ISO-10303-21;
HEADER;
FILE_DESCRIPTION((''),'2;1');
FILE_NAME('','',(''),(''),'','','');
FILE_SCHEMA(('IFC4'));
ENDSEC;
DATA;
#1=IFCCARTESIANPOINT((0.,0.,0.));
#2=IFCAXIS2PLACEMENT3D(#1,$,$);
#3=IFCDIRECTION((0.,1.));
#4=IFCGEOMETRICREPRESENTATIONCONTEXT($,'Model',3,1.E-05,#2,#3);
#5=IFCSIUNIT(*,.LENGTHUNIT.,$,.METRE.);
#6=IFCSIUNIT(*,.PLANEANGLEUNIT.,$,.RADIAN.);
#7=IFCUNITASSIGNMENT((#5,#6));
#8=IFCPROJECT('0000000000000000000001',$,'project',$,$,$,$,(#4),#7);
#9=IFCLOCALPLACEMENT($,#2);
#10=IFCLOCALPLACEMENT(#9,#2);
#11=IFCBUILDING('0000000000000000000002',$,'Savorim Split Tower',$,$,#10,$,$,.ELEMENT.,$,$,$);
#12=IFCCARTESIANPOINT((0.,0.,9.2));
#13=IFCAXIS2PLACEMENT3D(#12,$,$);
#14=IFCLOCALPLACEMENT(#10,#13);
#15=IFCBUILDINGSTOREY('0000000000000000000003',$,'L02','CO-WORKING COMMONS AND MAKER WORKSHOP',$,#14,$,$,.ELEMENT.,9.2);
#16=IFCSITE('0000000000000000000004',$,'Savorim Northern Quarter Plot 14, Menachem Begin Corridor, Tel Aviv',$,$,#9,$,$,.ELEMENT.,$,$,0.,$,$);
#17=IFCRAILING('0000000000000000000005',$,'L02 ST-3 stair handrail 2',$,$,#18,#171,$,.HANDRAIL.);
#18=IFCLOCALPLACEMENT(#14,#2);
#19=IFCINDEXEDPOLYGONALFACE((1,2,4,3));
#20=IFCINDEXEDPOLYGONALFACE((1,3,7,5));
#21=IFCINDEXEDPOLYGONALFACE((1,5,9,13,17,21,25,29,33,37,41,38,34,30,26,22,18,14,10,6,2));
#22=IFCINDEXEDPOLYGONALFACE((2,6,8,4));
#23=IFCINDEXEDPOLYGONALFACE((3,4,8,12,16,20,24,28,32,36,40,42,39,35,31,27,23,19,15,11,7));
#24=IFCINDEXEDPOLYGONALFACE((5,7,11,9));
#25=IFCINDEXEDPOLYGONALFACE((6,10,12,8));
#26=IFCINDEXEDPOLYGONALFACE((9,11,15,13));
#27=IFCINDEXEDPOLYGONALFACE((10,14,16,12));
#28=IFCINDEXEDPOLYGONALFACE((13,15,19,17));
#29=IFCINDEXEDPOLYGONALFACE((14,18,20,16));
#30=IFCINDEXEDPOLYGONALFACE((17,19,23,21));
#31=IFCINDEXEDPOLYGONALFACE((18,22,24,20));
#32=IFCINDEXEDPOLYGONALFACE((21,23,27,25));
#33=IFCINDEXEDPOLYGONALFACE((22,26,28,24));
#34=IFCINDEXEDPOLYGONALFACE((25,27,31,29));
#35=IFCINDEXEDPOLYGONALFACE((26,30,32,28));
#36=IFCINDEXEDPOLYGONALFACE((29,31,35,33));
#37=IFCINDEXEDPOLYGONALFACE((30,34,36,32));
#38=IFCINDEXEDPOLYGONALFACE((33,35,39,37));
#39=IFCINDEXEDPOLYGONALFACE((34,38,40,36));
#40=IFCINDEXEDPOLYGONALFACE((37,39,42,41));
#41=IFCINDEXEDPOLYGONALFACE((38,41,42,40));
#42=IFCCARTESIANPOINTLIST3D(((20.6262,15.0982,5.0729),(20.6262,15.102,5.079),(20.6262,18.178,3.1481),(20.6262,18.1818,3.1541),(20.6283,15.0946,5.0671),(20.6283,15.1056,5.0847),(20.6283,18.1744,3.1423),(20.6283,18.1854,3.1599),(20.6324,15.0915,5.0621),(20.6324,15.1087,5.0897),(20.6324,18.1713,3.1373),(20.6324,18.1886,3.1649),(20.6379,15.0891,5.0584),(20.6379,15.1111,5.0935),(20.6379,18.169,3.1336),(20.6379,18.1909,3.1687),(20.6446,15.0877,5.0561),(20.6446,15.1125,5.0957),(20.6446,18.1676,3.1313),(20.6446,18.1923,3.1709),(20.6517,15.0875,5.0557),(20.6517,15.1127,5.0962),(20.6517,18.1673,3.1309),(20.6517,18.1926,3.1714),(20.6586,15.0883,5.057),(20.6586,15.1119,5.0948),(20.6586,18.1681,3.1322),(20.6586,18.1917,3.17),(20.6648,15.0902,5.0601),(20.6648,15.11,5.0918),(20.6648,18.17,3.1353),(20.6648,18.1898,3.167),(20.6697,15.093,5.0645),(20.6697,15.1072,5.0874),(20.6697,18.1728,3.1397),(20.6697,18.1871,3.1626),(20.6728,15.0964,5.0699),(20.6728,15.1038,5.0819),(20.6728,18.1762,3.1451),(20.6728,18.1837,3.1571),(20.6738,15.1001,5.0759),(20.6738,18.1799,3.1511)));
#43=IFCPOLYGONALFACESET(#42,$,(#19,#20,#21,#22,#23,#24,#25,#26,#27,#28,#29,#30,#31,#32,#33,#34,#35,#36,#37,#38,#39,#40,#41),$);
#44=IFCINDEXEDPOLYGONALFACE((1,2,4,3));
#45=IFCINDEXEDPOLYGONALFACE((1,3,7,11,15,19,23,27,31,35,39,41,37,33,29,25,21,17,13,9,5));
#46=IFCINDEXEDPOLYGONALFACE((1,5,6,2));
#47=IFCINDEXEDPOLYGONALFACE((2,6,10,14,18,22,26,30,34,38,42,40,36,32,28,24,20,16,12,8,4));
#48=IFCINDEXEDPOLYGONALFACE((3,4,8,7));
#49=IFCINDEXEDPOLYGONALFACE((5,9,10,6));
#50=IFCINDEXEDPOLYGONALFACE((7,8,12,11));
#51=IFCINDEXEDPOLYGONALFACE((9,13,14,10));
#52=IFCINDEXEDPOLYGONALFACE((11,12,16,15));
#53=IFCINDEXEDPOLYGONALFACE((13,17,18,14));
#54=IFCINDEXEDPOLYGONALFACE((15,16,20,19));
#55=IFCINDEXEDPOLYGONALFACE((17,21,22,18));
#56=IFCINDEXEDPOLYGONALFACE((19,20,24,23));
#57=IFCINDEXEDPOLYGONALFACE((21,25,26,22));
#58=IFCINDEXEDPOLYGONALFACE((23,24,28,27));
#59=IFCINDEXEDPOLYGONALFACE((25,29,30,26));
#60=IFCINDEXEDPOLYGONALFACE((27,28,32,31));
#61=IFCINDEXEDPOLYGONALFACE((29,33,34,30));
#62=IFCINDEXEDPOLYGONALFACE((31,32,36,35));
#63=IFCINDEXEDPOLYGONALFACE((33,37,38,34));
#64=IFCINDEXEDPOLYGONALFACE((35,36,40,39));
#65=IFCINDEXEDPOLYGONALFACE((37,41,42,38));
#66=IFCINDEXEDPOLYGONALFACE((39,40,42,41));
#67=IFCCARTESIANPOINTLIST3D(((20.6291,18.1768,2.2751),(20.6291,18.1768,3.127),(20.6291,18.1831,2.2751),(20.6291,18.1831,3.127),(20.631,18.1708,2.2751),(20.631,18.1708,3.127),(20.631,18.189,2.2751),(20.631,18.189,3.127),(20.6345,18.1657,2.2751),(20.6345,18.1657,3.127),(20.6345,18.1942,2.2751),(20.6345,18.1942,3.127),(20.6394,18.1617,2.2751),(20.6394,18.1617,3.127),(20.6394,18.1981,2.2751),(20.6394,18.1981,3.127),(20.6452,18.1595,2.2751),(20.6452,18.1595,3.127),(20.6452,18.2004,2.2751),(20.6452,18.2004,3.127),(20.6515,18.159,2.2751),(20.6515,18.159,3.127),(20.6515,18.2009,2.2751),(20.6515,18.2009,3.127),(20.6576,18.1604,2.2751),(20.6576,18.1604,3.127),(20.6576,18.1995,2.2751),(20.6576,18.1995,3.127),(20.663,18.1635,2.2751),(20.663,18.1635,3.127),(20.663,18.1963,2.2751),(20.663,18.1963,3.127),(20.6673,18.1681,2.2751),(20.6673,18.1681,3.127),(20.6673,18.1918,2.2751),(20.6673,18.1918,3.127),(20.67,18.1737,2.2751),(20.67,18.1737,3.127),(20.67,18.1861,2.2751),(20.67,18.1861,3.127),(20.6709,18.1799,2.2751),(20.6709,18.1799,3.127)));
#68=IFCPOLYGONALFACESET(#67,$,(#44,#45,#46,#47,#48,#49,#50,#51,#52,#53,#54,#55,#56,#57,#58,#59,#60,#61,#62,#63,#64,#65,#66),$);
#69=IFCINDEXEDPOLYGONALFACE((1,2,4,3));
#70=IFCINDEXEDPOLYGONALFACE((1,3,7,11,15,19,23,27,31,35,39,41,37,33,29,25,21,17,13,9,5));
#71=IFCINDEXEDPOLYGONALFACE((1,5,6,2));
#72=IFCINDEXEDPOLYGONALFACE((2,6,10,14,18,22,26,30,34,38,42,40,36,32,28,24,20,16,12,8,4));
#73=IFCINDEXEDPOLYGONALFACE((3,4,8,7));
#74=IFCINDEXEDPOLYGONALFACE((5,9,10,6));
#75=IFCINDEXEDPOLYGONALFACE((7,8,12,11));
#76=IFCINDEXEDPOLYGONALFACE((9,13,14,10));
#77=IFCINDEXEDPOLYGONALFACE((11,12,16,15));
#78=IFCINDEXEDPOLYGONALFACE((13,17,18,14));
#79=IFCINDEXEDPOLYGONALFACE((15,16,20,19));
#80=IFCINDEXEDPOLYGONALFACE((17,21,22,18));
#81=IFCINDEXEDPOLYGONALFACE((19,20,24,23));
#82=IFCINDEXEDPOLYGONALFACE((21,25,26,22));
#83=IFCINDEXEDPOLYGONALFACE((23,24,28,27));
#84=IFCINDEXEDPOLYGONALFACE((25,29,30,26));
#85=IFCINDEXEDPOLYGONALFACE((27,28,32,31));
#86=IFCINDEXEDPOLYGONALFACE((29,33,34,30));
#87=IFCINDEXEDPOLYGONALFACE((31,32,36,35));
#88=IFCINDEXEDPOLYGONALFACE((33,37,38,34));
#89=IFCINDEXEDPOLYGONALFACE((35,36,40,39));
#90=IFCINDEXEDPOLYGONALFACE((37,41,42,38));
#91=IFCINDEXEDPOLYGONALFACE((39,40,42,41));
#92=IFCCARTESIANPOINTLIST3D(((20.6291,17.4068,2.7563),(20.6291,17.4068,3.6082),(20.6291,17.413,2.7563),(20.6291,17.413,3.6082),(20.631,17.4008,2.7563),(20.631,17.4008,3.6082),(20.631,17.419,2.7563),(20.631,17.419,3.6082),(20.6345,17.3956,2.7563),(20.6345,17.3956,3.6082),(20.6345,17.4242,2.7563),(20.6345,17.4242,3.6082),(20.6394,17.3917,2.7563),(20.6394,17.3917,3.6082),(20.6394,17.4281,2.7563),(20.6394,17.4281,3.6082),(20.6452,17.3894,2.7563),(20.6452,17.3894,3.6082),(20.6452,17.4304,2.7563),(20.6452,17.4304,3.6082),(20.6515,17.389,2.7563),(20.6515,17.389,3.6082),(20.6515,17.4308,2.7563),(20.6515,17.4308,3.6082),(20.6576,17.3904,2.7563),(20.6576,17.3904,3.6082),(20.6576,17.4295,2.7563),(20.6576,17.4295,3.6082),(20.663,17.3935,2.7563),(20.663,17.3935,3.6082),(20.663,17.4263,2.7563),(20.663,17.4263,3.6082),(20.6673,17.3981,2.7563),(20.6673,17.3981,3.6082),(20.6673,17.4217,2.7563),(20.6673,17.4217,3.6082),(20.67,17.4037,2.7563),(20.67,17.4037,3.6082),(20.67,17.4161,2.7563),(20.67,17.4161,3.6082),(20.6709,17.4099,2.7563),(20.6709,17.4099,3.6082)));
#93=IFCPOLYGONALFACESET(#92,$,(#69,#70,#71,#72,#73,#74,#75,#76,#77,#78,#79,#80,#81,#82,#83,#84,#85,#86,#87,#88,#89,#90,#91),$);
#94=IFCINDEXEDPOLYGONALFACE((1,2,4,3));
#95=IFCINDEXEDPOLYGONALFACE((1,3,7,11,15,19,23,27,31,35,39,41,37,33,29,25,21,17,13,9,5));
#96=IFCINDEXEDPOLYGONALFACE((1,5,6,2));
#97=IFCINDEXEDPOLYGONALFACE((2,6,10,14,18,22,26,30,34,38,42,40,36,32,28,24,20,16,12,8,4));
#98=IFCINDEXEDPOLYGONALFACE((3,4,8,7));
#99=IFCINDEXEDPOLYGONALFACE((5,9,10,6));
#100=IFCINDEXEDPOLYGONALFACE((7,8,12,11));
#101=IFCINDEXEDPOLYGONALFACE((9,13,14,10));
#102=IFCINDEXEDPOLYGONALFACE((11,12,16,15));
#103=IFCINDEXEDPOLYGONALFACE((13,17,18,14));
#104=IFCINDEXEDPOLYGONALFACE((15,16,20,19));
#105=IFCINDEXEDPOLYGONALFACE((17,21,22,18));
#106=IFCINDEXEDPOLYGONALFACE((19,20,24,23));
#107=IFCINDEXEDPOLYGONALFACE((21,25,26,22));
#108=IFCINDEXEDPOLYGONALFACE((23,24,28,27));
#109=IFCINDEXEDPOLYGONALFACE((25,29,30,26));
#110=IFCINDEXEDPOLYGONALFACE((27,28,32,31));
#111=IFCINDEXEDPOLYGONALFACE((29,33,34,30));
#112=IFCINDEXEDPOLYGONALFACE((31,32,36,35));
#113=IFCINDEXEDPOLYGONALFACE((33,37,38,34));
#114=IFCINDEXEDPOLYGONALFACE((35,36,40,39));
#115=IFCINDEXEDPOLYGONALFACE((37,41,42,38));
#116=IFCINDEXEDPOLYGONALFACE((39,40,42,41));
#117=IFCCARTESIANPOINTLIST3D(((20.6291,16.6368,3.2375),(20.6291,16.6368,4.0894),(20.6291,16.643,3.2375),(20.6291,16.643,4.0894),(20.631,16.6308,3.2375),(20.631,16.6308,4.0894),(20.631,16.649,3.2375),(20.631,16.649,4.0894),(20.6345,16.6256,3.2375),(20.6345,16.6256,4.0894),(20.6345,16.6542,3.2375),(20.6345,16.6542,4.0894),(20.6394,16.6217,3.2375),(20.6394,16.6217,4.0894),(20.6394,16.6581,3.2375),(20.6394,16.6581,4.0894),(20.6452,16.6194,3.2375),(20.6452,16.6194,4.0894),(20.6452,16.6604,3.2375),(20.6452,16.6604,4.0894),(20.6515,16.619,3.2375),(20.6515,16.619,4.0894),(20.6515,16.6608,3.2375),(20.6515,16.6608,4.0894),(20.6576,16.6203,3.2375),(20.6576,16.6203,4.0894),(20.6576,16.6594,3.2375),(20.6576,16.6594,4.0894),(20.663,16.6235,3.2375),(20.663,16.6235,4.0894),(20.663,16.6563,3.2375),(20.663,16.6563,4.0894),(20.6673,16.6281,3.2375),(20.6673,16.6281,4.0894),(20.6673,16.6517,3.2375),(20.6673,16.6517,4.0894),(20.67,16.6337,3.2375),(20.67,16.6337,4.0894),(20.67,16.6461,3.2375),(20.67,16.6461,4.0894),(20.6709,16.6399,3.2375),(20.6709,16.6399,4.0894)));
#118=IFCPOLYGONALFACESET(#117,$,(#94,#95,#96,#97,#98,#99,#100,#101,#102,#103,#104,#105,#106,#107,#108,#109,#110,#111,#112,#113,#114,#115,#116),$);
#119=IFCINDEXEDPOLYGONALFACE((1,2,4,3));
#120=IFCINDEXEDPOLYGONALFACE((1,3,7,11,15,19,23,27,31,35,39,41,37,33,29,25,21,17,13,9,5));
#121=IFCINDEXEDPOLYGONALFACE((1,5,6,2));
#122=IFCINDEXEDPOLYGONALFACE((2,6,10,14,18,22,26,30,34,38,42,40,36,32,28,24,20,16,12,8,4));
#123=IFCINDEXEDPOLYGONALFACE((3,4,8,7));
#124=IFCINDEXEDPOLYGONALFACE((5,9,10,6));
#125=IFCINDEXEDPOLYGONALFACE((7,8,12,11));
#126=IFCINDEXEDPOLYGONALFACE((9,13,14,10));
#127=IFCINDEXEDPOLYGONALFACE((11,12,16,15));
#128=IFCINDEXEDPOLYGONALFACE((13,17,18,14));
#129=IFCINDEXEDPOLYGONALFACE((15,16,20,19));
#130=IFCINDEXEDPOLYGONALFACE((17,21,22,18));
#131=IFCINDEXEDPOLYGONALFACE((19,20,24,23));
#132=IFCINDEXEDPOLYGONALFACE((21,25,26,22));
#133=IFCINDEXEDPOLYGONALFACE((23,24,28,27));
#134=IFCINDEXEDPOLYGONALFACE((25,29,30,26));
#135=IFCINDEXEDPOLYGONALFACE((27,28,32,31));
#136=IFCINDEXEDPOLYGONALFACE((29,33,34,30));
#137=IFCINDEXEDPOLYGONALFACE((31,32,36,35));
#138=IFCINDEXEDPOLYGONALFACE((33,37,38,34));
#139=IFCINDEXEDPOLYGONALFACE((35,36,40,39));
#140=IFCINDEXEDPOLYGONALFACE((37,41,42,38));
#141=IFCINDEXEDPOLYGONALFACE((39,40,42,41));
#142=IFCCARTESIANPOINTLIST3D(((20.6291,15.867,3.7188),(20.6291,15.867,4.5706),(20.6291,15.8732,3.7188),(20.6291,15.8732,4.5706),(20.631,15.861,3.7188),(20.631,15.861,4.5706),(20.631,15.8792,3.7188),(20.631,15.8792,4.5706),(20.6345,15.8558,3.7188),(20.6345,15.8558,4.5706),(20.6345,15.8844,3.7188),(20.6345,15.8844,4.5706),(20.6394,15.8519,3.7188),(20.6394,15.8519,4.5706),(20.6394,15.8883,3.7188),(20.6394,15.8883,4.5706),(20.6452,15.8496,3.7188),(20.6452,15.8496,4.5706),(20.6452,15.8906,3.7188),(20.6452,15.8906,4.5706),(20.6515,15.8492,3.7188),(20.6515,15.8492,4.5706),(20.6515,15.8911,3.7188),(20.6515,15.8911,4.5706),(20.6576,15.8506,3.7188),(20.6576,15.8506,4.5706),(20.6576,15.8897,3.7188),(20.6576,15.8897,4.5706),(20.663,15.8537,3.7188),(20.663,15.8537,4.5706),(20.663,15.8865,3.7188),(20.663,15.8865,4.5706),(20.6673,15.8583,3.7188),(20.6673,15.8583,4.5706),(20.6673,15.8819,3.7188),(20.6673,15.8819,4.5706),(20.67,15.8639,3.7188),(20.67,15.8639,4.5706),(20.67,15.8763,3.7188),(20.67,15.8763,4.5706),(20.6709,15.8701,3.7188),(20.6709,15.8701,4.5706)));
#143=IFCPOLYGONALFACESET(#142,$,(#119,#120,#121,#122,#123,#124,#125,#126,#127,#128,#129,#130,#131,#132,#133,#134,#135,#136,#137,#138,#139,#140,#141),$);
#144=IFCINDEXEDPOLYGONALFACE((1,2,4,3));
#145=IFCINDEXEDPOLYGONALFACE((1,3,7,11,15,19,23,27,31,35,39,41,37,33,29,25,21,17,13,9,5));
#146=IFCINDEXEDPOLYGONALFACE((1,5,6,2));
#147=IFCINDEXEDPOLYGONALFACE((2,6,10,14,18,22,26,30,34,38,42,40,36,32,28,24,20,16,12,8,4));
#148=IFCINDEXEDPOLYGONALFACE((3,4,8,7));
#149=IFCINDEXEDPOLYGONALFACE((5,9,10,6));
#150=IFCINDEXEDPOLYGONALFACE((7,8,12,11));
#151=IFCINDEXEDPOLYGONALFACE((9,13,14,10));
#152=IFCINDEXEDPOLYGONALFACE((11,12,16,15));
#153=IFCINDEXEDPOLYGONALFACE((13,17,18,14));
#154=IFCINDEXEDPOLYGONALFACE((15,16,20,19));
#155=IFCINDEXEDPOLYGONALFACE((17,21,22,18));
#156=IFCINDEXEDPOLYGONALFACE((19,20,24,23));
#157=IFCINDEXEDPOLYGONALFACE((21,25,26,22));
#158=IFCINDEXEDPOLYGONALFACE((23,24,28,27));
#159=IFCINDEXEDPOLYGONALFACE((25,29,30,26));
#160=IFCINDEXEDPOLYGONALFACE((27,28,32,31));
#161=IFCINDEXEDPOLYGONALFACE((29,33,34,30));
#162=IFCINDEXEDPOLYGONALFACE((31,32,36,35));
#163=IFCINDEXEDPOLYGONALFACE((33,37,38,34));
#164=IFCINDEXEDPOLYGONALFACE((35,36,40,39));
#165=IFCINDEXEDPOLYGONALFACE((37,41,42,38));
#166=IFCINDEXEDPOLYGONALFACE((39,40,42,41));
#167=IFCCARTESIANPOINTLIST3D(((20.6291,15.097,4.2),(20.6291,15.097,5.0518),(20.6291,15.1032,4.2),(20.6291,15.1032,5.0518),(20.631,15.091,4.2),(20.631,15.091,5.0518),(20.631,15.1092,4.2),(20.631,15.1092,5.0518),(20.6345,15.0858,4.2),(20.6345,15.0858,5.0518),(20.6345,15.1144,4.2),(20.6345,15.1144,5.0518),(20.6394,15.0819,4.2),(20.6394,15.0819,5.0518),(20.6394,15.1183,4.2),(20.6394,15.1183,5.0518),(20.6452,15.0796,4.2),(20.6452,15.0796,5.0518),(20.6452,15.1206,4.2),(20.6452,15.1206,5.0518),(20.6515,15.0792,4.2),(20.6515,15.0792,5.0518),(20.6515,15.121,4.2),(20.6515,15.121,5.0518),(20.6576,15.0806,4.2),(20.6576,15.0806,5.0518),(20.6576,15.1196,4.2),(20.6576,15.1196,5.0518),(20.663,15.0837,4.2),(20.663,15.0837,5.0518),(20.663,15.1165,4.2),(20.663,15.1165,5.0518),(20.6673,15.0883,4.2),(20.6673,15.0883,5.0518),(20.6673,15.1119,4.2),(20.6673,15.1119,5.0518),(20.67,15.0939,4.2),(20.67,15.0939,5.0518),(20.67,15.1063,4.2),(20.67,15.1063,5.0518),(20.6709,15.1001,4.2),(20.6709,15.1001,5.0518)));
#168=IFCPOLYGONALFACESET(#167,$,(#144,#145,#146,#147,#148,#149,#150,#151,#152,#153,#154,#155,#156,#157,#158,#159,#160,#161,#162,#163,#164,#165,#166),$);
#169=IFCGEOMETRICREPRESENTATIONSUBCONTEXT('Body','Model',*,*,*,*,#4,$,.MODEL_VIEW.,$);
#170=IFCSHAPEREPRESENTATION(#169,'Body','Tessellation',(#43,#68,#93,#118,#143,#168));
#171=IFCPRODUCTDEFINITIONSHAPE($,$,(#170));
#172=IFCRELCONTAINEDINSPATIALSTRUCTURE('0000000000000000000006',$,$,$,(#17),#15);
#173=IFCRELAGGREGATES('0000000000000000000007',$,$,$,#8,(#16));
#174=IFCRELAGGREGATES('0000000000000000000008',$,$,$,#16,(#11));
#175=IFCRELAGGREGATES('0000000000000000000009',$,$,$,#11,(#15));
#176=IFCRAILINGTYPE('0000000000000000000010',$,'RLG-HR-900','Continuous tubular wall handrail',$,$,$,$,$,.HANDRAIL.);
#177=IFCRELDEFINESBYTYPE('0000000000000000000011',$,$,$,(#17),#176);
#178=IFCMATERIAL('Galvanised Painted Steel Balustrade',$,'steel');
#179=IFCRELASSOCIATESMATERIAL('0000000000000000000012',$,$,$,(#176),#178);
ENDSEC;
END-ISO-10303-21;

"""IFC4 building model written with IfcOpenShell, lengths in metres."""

from ifc_helpers import new_model, si_unit, direction, frame, origin, origin_2d, place, context, subcontext, project, spatial, circle, extrude, material, type_object, element, save


model = new_model("IFC4")

# Units and contexts
model_context = context("Model", 3, precision=1e-05, world=origin(), true_north=direction((0.0, 1.0)))
body_context = subcontext(model_context, "Body", "Model", "MODEL_VIEW")
ifc_project = project(units=[si_unit("LENGTHUNIT", "METRE"), si_unit("PLANEANGLEUNIT", "RADIAN")], contexts=[model_context])

# Site, building, storey
site_placement = place(None, origin())
site = spatial("IfcSite", under=ifc_project, at=site_placement, Name="Savorim Northern Quarter Plot 14, Menachem Begin Corridor, Tel Aviv", CompositionType="ELEMENT", RefElevation=0.0)
building_placement = place(site_placement, origin())
building = spatial("IfcBuilding", under=site, at=building_placement, Name="Savorim Split Tower", CompositionType="ELEMENT")
storey_placement = place(building_placement, frame((0.0, 0.0, 9.2)))
storey = spatial("IfcBuildingStorey", under=building, at=storey_placement, Name="L02", Description="CO-WORKING COMMONS AND MAKER WORKSHOP", CompositionType="ELEMENT", Elevation=9.2)

# Railing
ifc_material_1 = material(Name="Galvanised Painted Steel Balustrade", Category="steel")
railing_type_1 = type_object("IfcRailingType", Name="RLG-HR-900", Description="Continuous tubular wall handrail", PredefinedType="HANDRAIL", material=ifc_material_1)
railing_1_placement = place(storey_placement, frame((20.6499, 18.1799, 2.2751)))
element("IfcRailing", 1, at=railing_1_placement, inside=storey, type_object=railing_type_1, Name="L02 ST-3 stair handrail 2", PredefinedType="HANDRAIL", context=body_context, shape_type="SweptSolid", body=[
    extrude(circle(Radius=0.0239, at=origin_2d()), frame((0.0, 0.0, 0.876), z_axis=(0.0, -0.84801, 0.529981), x_axis=(1.0, 0.0, 0.0)), (0.0, 0.0, 1.0), 3.6318),
    extrude(circle(Radius=0.021, at=origin_2d()), origin(), (0.0, 0.0, 1.0), 0.8518),
    extrude(circle(Radius=0.021, at=origin_2d()), frame((0.0, -0.77, 0.4812)), (0.0, 0.0, 1.0), 0.8518),
    extrude(circle(Radius=0.021, at=origin_2d()), frame((0.0, -1.54, 0.9624)), (0.0, 0.0, 1.0), 0.8518),
    extrude(circle(Radius=0.021, at=origin_2d()), frame((0.0, -2.3098, 1.4436)), (0.0, 0.0, 1.0), 0.8518),
    extrude(circle(Radius=0.021, at=origin_2d()), frame((0.0, -3.0798, 1.9248)), (0.0, 0.0, 1.0), 0.8518),
])

save(model, "model.ifc")
